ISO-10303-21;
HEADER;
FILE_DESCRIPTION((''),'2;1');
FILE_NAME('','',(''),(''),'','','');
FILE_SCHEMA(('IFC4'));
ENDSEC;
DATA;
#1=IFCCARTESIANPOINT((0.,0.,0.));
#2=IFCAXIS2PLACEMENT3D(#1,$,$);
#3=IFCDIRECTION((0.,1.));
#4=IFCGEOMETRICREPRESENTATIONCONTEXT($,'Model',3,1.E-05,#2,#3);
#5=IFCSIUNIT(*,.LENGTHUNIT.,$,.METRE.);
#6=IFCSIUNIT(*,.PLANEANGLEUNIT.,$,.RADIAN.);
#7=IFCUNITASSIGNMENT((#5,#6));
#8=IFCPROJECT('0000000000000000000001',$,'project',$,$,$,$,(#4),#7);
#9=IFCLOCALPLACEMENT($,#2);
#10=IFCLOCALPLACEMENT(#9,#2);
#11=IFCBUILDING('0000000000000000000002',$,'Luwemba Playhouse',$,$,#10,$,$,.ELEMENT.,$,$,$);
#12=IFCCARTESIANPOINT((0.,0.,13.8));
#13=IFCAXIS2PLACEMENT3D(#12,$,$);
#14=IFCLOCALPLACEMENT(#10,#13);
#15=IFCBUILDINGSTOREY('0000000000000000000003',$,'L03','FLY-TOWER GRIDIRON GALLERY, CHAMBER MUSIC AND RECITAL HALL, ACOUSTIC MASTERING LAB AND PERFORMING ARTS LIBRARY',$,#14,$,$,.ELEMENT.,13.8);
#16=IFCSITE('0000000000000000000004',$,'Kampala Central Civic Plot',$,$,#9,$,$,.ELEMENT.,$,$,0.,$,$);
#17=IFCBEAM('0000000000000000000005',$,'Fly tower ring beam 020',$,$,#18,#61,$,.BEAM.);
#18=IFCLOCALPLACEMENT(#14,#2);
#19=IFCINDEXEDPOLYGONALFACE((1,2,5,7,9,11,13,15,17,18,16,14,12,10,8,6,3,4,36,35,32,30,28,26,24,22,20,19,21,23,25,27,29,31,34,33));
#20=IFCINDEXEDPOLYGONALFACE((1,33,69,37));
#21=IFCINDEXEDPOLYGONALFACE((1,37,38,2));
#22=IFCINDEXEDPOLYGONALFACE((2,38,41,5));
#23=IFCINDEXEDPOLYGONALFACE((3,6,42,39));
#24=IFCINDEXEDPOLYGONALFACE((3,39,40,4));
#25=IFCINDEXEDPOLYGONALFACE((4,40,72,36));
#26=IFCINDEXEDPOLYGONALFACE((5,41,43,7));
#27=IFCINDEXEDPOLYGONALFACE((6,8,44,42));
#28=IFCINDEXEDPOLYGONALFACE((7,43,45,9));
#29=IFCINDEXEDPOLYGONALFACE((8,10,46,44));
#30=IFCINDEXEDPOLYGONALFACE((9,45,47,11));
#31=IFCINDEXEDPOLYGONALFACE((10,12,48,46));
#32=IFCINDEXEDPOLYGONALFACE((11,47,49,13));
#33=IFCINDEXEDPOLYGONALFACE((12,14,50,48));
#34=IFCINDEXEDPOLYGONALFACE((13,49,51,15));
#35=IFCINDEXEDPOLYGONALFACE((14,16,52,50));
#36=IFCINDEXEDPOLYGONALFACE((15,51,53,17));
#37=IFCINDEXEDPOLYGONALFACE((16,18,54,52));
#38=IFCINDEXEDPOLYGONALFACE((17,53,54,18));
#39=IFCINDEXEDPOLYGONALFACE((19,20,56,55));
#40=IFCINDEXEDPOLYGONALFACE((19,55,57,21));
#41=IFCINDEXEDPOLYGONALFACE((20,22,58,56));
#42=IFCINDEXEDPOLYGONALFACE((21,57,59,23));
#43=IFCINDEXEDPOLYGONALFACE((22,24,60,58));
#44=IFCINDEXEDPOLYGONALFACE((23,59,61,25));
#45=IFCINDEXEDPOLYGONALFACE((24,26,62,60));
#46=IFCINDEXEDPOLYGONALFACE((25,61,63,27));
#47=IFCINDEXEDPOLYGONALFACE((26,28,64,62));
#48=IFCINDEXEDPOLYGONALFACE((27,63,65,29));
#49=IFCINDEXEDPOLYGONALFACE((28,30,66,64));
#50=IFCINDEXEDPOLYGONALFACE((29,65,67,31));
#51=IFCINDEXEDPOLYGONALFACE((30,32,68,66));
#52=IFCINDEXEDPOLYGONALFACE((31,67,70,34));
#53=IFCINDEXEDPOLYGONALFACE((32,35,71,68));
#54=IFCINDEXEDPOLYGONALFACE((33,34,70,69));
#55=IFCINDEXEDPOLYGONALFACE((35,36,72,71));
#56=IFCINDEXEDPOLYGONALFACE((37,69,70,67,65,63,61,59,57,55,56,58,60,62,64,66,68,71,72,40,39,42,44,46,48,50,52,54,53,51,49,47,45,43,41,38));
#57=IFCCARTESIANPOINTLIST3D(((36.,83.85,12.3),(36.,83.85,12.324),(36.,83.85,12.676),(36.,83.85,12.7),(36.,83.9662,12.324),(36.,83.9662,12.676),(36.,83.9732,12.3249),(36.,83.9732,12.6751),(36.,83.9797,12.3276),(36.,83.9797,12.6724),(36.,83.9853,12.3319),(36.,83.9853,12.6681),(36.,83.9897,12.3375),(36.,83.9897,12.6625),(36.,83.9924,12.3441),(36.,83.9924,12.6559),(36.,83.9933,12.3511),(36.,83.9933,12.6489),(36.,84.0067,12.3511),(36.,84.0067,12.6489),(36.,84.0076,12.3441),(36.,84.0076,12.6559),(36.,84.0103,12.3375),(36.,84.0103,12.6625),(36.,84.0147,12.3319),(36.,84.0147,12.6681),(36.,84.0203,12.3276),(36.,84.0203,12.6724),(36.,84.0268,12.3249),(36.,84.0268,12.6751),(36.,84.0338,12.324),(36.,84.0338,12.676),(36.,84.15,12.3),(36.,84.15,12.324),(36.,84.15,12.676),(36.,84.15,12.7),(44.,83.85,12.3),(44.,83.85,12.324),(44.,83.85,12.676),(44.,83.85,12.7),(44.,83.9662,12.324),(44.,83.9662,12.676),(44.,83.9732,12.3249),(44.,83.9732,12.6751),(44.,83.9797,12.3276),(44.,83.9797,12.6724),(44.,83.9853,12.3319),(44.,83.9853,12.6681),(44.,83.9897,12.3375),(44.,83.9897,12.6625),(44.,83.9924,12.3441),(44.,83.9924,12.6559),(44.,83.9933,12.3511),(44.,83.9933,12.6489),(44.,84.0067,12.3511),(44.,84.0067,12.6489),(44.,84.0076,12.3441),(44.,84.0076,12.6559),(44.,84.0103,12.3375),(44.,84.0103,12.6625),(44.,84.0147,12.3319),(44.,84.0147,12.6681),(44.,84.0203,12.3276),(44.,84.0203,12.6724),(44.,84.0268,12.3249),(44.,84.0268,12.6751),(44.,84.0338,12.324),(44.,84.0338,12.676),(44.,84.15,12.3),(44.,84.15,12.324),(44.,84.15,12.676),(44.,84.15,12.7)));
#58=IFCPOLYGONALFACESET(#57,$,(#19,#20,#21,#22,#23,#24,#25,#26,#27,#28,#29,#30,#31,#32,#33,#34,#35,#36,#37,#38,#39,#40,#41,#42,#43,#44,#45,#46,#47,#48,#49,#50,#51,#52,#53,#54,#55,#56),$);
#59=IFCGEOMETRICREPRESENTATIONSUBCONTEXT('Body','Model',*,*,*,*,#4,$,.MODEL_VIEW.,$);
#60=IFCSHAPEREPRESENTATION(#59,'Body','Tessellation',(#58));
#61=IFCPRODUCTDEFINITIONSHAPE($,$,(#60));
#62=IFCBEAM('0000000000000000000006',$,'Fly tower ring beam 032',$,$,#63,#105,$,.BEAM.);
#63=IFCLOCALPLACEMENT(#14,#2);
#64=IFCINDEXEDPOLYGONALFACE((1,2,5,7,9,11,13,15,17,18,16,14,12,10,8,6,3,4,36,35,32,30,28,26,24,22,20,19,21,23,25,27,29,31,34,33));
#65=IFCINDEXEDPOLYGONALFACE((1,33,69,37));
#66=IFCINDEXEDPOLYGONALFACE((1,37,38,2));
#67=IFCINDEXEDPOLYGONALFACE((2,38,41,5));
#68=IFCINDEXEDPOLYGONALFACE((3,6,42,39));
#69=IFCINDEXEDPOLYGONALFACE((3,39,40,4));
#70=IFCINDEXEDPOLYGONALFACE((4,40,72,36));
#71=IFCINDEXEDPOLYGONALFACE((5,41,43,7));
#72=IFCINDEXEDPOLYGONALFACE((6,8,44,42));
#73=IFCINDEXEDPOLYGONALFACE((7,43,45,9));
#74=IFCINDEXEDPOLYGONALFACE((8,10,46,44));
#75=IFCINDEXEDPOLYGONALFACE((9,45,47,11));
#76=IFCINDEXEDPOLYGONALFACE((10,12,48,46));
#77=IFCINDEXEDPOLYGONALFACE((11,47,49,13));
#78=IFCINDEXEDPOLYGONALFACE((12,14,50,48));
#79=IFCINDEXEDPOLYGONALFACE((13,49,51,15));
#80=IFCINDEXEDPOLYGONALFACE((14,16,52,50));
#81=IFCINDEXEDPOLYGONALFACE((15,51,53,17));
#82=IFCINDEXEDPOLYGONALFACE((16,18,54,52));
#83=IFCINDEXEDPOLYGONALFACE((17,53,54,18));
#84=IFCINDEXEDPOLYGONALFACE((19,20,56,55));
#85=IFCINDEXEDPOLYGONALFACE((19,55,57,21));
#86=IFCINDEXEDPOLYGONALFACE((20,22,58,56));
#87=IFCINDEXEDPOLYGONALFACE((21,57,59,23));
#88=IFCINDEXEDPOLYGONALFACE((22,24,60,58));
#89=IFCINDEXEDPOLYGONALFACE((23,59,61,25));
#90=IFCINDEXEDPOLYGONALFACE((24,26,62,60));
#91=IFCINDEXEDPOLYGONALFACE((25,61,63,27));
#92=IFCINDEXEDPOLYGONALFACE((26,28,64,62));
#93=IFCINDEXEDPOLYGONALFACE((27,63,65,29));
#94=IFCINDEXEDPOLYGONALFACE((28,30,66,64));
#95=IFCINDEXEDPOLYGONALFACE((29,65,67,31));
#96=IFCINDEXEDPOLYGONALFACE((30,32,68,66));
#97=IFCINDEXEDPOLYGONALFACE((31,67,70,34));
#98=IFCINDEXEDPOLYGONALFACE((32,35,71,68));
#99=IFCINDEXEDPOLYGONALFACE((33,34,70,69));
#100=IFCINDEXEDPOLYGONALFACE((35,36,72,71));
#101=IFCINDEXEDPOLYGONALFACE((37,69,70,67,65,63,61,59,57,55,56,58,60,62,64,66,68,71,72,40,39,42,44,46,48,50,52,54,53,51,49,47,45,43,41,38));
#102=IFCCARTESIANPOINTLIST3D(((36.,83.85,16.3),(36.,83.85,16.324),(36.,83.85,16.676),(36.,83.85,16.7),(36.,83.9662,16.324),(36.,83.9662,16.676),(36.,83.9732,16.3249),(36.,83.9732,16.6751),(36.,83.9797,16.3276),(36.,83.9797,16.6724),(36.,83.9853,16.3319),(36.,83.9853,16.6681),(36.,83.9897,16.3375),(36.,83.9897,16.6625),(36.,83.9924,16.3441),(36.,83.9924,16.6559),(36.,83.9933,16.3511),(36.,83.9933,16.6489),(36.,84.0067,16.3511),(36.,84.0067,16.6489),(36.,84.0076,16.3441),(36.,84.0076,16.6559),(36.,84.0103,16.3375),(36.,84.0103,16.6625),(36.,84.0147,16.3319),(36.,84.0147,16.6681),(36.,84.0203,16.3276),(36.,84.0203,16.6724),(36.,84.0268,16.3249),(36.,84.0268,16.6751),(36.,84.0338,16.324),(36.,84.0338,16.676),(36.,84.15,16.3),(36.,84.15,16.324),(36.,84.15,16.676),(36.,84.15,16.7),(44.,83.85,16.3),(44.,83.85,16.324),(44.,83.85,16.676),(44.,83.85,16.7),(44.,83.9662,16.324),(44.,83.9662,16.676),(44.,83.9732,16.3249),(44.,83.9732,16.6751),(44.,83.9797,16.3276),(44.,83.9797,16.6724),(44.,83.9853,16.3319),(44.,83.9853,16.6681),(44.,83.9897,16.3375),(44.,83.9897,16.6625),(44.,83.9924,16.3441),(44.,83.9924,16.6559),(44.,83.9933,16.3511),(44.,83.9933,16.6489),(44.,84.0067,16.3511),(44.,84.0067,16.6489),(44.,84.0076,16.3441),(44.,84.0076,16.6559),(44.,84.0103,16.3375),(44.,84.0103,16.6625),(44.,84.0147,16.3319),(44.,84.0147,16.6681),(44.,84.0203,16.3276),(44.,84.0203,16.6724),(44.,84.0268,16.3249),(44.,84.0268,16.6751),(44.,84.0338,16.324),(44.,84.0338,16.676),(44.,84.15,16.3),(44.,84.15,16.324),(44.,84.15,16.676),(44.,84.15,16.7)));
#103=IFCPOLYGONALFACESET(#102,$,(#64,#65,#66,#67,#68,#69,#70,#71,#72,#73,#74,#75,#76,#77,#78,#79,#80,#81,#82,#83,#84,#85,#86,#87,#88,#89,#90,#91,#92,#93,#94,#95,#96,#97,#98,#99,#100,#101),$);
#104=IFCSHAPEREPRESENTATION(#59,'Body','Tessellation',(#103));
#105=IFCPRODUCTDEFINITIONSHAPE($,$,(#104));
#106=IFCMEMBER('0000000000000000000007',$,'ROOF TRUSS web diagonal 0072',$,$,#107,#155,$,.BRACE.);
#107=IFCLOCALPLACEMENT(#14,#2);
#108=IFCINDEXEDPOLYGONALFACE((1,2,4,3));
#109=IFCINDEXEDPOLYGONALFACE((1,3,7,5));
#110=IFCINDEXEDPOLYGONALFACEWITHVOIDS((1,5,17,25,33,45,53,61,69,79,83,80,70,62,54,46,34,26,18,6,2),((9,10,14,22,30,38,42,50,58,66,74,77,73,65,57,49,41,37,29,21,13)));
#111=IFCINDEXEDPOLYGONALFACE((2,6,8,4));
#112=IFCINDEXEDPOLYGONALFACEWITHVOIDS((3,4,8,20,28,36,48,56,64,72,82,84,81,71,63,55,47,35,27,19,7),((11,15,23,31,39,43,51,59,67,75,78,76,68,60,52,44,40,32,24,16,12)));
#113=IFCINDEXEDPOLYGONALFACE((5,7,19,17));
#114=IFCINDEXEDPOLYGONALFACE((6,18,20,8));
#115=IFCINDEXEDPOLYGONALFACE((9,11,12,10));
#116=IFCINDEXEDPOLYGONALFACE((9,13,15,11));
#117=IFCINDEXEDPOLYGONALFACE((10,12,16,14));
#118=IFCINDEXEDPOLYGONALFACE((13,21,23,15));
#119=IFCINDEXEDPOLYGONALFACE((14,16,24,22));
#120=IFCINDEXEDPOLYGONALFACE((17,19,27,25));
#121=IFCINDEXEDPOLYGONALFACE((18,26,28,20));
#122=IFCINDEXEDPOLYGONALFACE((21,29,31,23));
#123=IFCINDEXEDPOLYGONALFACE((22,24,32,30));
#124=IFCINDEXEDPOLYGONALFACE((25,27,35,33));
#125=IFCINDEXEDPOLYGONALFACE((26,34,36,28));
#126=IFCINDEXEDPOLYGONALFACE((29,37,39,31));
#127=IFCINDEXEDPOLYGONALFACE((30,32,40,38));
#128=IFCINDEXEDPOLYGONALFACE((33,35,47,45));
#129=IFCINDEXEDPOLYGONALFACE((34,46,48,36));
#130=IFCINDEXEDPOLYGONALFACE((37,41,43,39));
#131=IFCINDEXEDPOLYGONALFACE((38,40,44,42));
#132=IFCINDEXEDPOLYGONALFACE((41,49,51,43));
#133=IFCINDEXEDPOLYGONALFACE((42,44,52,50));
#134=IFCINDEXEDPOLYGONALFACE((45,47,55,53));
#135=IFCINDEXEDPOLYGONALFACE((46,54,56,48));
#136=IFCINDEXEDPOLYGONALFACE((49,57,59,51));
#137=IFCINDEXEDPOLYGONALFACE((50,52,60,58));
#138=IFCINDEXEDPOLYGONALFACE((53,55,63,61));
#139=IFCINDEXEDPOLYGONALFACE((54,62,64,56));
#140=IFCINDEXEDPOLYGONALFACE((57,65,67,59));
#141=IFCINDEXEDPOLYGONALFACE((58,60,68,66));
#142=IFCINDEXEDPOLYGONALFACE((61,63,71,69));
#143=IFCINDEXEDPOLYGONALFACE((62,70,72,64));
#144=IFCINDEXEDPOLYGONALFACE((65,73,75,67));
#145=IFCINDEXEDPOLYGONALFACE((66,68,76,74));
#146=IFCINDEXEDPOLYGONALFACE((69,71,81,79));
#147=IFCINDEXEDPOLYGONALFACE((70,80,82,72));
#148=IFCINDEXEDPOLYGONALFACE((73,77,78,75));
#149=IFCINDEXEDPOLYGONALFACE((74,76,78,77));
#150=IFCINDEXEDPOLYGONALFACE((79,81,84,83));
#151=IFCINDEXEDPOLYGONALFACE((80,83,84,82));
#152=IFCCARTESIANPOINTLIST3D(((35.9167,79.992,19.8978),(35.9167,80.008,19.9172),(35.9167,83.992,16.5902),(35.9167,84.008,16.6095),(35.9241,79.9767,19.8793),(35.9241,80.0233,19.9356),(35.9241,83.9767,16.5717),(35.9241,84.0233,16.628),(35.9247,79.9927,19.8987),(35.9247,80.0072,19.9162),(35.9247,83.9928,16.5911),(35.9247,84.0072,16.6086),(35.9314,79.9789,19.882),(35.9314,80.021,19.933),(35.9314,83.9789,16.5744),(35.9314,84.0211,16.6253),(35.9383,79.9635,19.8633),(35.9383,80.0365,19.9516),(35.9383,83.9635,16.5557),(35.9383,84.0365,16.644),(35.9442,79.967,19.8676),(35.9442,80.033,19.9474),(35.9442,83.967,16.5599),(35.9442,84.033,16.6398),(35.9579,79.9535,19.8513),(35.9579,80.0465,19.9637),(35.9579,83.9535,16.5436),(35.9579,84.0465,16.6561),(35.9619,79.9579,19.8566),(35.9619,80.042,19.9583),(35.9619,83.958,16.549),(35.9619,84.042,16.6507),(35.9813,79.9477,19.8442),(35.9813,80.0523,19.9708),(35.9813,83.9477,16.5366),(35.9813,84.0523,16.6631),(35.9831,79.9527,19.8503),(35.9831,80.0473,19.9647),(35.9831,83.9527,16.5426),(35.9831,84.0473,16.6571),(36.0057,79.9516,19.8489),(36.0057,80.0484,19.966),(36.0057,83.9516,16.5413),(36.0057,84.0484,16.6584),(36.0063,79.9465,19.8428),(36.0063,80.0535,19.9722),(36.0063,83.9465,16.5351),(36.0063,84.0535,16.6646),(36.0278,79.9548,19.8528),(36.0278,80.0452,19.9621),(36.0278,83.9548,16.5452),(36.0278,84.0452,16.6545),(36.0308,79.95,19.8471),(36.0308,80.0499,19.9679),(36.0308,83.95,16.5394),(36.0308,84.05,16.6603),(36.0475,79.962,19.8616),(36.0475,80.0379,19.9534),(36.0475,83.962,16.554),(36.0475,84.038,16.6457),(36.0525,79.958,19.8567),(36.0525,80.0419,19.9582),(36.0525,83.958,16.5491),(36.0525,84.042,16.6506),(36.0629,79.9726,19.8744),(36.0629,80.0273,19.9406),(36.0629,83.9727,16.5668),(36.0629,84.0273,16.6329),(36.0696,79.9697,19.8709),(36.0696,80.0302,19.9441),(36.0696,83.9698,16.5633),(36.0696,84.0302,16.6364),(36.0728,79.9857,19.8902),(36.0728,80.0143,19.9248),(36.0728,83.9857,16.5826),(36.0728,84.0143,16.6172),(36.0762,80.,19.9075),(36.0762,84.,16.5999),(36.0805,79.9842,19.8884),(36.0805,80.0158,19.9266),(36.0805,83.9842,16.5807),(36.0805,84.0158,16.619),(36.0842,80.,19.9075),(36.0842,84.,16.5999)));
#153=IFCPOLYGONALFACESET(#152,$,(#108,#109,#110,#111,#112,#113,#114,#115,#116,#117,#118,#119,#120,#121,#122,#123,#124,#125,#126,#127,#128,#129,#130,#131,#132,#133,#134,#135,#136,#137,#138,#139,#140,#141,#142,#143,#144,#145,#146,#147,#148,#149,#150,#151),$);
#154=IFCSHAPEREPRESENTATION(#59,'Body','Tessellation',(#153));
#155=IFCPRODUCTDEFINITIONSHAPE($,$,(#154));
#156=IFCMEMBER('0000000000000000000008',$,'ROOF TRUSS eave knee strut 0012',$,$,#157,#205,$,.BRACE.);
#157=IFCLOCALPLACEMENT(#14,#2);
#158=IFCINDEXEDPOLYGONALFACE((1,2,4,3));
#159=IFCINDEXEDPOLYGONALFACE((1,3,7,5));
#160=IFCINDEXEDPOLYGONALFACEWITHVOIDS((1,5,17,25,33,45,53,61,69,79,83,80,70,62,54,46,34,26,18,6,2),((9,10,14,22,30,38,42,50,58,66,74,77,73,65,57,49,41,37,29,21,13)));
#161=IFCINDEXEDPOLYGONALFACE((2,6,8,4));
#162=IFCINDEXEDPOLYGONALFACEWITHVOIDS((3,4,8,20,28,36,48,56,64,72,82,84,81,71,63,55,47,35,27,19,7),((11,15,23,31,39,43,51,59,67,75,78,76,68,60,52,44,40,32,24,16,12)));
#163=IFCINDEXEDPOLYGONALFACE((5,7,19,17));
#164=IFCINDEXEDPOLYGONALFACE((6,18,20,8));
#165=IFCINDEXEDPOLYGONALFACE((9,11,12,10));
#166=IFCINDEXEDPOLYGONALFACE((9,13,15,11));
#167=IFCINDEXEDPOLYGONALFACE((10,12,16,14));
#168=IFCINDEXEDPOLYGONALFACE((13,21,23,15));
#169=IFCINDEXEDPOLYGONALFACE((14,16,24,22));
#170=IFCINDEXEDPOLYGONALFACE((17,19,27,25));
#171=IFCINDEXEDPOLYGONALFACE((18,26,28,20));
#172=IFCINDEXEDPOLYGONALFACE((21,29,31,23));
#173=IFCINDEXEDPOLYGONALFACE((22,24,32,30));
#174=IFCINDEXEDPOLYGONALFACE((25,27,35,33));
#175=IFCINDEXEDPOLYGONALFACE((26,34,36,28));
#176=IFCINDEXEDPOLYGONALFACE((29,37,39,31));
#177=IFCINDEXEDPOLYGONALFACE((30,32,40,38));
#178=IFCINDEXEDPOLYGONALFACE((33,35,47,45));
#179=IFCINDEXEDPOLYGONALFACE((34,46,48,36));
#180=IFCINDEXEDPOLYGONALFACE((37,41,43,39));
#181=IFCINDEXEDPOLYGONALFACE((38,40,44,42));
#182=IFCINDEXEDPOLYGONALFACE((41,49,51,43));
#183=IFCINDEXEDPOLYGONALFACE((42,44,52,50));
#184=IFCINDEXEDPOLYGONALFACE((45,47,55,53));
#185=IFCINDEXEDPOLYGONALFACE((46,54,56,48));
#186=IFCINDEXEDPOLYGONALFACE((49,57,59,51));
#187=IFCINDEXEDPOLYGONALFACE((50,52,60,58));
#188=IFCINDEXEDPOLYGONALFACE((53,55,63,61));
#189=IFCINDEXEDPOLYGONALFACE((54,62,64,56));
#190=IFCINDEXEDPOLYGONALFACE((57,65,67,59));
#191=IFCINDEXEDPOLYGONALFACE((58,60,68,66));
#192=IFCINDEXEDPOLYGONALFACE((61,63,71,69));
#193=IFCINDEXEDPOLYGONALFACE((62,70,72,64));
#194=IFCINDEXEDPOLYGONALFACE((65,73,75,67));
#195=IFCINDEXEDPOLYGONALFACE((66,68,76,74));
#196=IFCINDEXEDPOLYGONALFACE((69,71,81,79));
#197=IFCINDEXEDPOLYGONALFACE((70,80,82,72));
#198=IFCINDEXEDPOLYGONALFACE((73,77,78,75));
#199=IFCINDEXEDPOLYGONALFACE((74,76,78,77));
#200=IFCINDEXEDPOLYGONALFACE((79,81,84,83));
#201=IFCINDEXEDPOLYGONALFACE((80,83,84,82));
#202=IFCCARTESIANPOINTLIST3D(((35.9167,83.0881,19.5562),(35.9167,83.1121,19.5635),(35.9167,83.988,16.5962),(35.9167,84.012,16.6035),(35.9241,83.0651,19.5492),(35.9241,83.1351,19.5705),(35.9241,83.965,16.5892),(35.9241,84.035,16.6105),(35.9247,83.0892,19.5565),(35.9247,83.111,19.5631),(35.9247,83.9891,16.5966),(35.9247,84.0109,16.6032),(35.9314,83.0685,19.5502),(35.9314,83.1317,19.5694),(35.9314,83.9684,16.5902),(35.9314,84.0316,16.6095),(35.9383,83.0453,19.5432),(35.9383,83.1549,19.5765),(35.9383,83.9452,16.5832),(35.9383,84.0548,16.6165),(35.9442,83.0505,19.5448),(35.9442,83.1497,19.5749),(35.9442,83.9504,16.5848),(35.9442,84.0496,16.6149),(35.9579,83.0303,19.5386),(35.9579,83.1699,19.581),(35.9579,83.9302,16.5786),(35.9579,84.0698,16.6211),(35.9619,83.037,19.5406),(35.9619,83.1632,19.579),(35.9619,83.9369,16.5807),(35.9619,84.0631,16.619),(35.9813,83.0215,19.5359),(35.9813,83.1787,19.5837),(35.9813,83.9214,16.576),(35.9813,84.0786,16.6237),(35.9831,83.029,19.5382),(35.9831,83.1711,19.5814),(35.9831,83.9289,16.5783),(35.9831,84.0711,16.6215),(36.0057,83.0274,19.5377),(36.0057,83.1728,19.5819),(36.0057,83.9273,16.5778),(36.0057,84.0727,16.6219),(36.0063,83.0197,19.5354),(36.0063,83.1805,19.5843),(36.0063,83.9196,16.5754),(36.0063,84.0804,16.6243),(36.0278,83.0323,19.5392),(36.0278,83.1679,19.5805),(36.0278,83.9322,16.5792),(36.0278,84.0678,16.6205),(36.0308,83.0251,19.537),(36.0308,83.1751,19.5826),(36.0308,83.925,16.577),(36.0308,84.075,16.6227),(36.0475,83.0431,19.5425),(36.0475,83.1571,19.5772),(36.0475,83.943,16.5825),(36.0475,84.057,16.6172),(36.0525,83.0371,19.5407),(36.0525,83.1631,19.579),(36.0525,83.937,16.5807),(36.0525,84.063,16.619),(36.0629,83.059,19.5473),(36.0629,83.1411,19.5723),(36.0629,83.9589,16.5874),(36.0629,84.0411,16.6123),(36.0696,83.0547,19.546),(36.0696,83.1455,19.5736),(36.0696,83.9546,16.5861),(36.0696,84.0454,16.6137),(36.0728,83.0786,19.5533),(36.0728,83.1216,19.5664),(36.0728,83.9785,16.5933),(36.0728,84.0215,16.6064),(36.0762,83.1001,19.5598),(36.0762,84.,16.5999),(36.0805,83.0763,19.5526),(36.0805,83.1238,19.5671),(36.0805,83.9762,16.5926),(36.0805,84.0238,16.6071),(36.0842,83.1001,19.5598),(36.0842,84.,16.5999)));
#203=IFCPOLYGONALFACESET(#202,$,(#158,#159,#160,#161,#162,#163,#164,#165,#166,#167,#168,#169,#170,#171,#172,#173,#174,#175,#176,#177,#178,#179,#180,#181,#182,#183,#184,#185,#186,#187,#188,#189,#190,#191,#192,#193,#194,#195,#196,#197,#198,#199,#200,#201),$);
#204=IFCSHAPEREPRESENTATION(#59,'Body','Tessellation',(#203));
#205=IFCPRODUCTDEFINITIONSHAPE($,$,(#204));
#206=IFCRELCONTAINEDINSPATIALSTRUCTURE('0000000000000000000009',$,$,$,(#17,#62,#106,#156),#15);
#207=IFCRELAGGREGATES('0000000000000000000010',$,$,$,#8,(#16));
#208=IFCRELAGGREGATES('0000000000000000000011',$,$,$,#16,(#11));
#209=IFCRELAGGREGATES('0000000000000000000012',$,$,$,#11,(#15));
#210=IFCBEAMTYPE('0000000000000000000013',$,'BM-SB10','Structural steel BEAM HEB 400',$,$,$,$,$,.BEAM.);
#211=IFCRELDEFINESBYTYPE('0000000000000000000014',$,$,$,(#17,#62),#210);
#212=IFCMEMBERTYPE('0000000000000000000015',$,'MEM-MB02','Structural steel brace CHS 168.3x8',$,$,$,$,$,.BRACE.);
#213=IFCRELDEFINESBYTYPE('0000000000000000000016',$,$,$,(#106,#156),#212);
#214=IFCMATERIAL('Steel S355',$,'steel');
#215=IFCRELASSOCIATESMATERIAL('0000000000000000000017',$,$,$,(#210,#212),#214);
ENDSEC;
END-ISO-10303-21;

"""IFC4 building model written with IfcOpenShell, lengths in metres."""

from ifc_helpers import new_model, si_unit, direction, frame, origin, origin_2d, place, context, subcontext, project, spatial, hollow_circle, i_section, extrude, material, material_profile, profile_set, type_object, element, save


model = new_model("IFC4")

# Units and contexts
model_context = context("Model", 3, precision=1e-05, world=origin(), true_north=direction((0.0, 1.0)))
body_context = subcontext(model_context, "Body", "Model", "MODEL_VIEW")
ifc_project = project(units=[si_unit("LENGTHUNIT", "METRE"), si_unit("PLANEANGLEUNIT", "RADIAN")], contexts=[model_context])

# Site, building, storey
site_placement = place(None, origin())
site = spatial("IfcSite", under=ifc_project, at=site_placement, Name="Kampala Central Civic Plot", CompositionType="ELEMENT", RefElevation=0.0)
building_placement = place(site_placement, origin())
building = spatial("IfcBuilding", under=site, at=building_placement, Name="Luwemba Playhouse", CompositionType="ELEMENT")
storey_placement = place(building_placement, frame((0.0, 0.0, 13.8)))
storey = spatial("IfcBuildingStorey", under=building, at=storey_placement, Name="L03", Description="FLY-TOWER GRIDIRON GALLERY, CHAMBER MUSIC AND RECITAL HALL, ACOUSTIC MASTERING LAB AND PERFORMING ARTS LIBRARY", CompositionType="ELEMENT", Elevation=13.8)

# Shared definitions
ifc_material_1 = material(Name="Steel S355", Category="steel")

# Beams
ifc_material_profile_1 = material_profile(ifc_material_1, i_section(OverallWidth=0.3, OverallDepth=0.3999, WebThickness=0.0134, FlangeThickness=0.0239, FilletRadius=0.0271, at=origin_2d()))
ifc_profile_set_1 = profile_set([ifc_material_profile_1], Name="Steel S355")
beam_type = type_object("IfcBeamType", Name="BM-SB10", Description="Structural steel BEAM HEB 400", PredefinedType="BEAM", material=ifc_profile_set_1)
for number, where, z_axis, x_axis, name in (
    (1, (36.0, 84.0, 12.5), (1.0, 0.0, 0.0), (0.0, 1.0, 0.0), "Fly tower ring beam 020"),
    (2, (36.0, 84.0, 16.5), (1.0, 0.0, 0.0), (0.0, 1.0, 0.0), "Fly tower ring beam 032"),
):
    element("IfcBeam", number, at=place(storey_placement, frame(where, z_axis=z_axis, x_axis=x_axis)), inside=storey, type_object=beam_type, Name=name, PredefinedType="BEAM", context=body_context, shape_type="SweptSolid", body=[
        extrude(i_section(OverallWidth=0.3, OverallDepth=0.3999, WebThickness=0.0134, FlangeThickness=0.0239, FilletRadius=0.0271, at=origin_2d()), origin(), (0.0, 0.0, 1.0), 8.0),
    ])

# Members
ifc_material_profile_2 = material_profile(ifc_material_1, hollow_circle(Radius=0.0842, WallThickness=0.0081, at=origin_2d()))
ifc_profile_set_2 = profile_set([ifc_material_profile_2], Name="Steel S355")
member_type_1 = type_object("IfcMemberType", Name="MEM-MB02", Description="Structural steel brace CHS 168.3x8", PredefinedType="BRACE", material=ifc_profile_set_2)
member_1_placement = place(storey_placement, frame((36.0, 84.0, 16.5999), z_axis=(0.0, -0.770652, 0.637256), x_axis=(1.0, 0.0, 0.0)))
element("IfcMember", 3, at=member_1_placement, inside=storey, type_object=member_type_1, Name="ROOF TRUSS web diagonal 0072", PredefinedType="BRACE", context=body_context, shape_type="SweptSolid", body=[
    extrude(hollow_circle(Radius=0.0842, WallThickness=0.0081, at=origin_2d()), origin(), (0.0, 0.0, 1.0), 5.1904),
])
member_2_placement = place(storey_placement, frame((36.0, 84.0, 16.5999), z_axis=(0.0, -0.290879, 0.95676), x_axis=(1.0, 0.0, 0.0)))
element("IfcMember", 4, at=member_2_placement, inside=storey, type_object=member_type_1, Name="ROOF TRUSS eave knee strut 0012", PredefinedType="BRACE", context=body_context, shape_type="SweptSolid", body=[
    extrude(hollow_circle(Radius=0.0842, WallThickness=0.0081, at=origin_2d()), origin(), (0.0, 0.0, 1.0), 3.0938),
])

save(model, "model.ifc")
